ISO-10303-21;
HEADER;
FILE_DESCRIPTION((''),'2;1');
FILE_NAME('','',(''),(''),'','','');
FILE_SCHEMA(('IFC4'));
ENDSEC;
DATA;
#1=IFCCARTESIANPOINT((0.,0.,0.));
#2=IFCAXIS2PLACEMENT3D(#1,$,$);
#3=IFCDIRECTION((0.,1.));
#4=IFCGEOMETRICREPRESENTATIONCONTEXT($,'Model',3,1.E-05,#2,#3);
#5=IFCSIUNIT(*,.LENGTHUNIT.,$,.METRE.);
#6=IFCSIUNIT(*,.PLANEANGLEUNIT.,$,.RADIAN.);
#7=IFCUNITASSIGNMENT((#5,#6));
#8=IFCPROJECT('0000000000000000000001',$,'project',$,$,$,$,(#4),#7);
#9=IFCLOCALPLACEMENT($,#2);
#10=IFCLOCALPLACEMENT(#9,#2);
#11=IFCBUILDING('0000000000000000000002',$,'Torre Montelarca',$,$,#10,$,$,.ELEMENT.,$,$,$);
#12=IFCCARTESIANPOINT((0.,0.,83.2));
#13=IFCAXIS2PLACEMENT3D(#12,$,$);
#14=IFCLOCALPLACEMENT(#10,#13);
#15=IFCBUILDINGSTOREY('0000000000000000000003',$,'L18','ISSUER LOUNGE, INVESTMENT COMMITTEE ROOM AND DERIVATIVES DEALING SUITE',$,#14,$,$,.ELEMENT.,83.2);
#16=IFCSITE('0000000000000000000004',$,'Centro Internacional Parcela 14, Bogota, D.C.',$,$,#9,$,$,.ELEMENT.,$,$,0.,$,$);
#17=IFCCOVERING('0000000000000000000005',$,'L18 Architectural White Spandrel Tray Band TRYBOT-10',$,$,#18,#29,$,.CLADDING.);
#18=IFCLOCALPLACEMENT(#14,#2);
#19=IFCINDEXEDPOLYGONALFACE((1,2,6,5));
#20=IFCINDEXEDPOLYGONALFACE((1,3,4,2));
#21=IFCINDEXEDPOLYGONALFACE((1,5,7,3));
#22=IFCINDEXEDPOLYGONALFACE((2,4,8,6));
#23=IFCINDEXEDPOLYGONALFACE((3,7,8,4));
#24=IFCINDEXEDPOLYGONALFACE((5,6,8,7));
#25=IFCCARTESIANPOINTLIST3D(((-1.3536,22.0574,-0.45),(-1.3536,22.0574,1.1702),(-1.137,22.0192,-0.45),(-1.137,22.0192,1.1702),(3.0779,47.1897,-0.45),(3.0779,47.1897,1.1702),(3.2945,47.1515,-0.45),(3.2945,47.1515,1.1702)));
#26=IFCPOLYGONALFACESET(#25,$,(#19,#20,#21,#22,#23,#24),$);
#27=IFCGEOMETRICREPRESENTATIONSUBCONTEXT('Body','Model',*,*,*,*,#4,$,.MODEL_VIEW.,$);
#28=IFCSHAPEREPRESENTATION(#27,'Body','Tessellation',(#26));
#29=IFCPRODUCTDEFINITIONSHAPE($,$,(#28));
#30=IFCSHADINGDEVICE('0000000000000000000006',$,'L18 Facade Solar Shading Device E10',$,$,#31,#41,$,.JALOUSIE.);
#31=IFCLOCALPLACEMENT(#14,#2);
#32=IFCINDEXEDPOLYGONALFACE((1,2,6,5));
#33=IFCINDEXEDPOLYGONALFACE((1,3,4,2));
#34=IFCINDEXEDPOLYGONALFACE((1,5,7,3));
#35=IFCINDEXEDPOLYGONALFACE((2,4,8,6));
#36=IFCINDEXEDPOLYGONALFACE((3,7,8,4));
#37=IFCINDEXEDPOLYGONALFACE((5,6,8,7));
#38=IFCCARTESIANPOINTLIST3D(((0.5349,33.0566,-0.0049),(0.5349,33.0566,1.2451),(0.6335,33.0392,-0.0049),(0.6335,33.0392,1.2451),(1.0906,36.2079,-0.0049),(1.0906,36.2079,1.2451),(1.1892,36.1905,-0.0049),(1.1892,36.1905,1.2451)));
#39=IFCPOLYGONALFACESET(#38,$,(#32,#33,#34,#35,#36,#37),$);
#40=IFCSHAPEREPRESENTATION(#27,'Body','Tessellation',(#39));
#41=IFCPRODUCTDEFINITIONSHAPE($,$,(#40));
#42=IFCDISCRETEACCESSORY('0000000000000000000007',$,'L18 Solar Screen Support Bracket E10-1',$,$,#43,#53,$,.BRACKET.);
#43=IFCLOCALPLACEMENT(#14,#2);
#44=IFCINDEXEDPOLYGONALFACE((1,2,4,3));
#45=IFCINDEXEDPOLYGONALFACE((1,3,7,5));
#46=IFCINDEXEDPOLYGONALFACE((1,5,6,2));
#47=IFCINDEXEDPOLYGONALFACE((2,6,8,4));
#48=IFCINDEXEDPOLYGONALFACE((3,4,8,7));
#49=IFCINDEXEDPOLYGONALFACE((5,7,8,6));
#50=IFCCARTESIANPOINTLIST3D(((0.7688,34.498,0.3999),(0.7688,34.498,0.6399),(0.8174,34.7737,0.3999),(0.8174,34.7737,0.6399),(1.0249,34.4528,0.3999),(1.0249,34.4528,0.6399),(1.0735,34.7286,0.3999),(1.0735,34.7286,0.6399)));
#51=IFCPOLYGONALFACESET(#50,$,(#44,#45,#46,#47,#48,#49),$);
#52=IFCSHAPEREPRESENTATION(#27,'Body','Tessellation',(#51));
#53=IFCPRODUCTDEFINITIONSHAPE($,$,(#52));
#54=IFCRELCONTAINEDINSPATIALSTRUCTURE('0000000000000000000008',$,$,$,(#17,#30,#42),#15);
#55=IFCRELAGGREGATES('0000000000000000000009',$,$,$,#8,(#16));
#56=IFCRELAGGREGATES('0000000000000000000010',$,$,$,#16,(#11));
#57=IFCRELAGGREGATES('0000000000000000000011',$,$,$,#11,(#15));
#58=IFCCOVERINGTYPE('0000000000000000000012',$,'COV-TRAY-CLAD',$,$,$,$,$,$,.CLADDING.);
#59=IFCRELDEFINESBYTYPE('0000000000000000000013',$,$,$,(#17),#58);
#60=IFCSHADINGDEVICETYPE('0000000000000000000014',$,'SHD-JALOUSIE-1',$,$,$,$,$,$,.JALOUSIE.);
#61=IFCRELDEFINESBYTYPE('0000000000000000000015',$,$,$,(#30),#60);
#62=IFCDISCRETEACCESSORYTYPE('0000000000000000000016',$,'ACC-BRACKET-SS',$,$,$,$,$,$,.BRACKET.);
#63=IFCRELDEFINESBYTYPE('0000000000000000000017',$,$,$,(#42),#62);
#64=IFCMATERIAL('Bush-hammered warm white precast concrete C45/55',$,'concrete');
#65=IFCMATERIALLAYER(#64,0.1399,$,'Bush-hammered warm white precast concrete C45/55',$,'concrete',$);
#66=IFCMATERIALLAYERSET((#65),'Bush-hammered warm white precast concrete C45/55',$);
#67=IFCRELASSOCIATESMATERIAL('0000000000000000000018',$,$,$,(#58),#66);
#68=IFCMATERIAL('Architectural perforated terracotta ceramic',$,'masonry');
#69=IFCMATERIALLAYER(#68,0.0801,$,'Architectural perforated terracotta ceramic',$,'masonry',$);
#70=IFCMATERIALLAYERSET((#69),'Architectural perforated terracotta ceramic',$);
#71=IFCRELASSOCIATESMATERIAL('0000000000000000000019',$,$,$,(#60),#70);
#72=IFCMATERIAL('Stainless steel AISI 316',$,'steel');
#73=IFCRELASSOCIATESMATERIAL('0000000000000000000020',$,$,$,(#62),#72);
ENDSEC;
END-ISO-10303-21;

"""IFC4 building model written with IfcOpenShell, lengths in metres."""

from ifc_helpers import new_model, si_unit, direction, frame, origin, origin_2d, place, context, subcontext, project, spatial, rectangle, extrude, source, transform, mapped, material, layer, layer_set, type_object, element, save


model = new_model("IFC4")

# Units and contexts
model_context = context("Model", 3, precision=1e-05, world=origin(), true_north=direction((0.0, 1.0)))
body_context = subcontext(model_context, "Body", "Model", "MODEL_VIEW")
ifc_project = project(units=[si_unit("LENGTHUNIT", "METRE"), si_unit("PLANEANGLEUNIT", "RADIAN")], contexts=[model_context])

# Site, building, storey
site_placement = place(None, origin())
site = spatial("IfcSite", under=ifc_project, at=site_placement, Name="Centro Internacional Parcela 14, Bogota, D.C.", CompositionType="ELEMENT", RefElevation=0.0)
building_placement = place(site_placement, origin())
building = spatial("IfcBuilding", under=site, at=building_placement, Name="Torre Montelarca", CompositionType="ELEMENT")
storey_placement = place(building_placement, frame((0.0, 0.0, 83.2)))
storey = spatial("IfcBuildingStorey", under=building, at=storey_placement, Name="L18", Description="ISSUER LOUNGE, INVESTMENT COMMITTEE ROOM AND DERIVATIVES DEALING SUITE", CompositionType="ELEMENT", Elevation=83.2)

# Shared definitions
ifc_material_1 = material(Name="Architectural perforated terracotta ceramic", Category="masonry")

# Covering
ifc_material_2 = material(Name="Bush-hammered warm white precast concrete C45/55", Category="concrete")
ifc_layer_1 = layer(ifc_material_2, 0.1399, Name="Bush-hammered warm white precast concrete C45/55", Category="concrete")
ifc_layer_set_1 = layer_set([ifc_layer_1], Name="Bush-hammered warm white precast concrete C45/55")
covering_type = type_object("IfcCoveringType", Name="COV-TRAY-CLAD", PredefinedType="CLADDING", material=ifc_layer_set_1)
shared_shape_1 = source(origin(), body_context, "Body", "SweptSolid", [
    extrude(rectangle(XDim=25.52, YDim=0.22, at=origin_2d()), origin(), (0.0, 0.0, 1.0), 1.6201),
])
covering_placement = place(storey_placement, frame((0.9705, 34.6045, -0.45), z_axis=(0.0, 0.0, 1.0), x_axis=(-0.17365, -0.984807, 0.0)))
element("IfcCovering", 1, at=covering_placement, inside=storey, type_object=covering_type, Name="L18 Architectural White Spandrel Tray Band TRYBOT-10", PredefinedType="CLADDING", context=body_context, shape_type="MappedRepresentation", body=[
    mapped(shared_shape_1, transform((0.0, 0.0, 0.0), scale=1.0)),
])

# Shading device
ifc_layer_2 = layer(ifc_material_1, 0.0801, Name="Architectural perforated terracotta ceramic", Category="masonry")
ifc_layer_set_2 = layer_set([ifc_layer_2], Name="Architectural perforated terracotta ceramic")
shading_device_type = type_object("IfcShadingDeviceType", Name="SHD-JALOUSIE-1", PredefinedType="JALOUSIE", material=ifc_layer_set_2)
shared_shape_2 = source(origin(), body_context, "Body", "SweptSolid", [
    extrude(rectangle(XDim=3.2, YDim=0.1001, at=origin_2d()), origin(), (0.0, 0.0, 1.0), 1.25),
])
shading_device_placement = place(storey_placement, frame((0.8621, 34.6235, -0.0049), z_axis=(0.0, 0.0, 1.0), x_axis=(-0.17365, -0.984807, 0.0)))
element("IfcShadingDevice", 2, at=shading_device_placement, inside=storey, type_object=shading_device_type, Name="L18 Facade Solar Shading Device E10", PredefinedType="JALOUSIE", context=body_context, shape_type="MappedRepresentation", body=[
    mapped(shared_shape_2, transform((0.0, 0.0, 0.0), scale=1.0)),
])

# Discrete accessory
ifc_material_3 = material(Name="Stainless steel AISI 316", Category="steel")
discrete_accessory_type = type_object("IfcDiscreteAccessoryType", Name="ACC-BRACKET-SS", PredefinedType="BRACKET", material=ifc_material_3)
shared_shape_3 = source(origin(), body_context, "Body", "SweptSolid", [
    extrude(rectangle(XDim=0.28, YDim=0.26, at=origin_2d()), origin(), (0.0, 0.0, 1.0), 0.24),
])
discrete_accessory_placement = place(storey_placement, frame((0.9211, 34.6133, 0.3999), z_axis=(0.0, 0.0, 1.0), x_axis=(-0.17365, -0.984807, 0.0)))
element("IfcDiscreteAccessory", 3, at=discrete_accessory_placement, inside=storey, type_object=discrete_accessory_type, Name="L18 Solar Screen Support Bracket E10-1", PredefinedType="BRACKET", context=body_context, shape_type="MappedRepresentation", body=[
    mapped(shared_shape_3, transform((0.0, 0.0, 0.0), scale=1.0)),
])

save(model, "model.ifc")
